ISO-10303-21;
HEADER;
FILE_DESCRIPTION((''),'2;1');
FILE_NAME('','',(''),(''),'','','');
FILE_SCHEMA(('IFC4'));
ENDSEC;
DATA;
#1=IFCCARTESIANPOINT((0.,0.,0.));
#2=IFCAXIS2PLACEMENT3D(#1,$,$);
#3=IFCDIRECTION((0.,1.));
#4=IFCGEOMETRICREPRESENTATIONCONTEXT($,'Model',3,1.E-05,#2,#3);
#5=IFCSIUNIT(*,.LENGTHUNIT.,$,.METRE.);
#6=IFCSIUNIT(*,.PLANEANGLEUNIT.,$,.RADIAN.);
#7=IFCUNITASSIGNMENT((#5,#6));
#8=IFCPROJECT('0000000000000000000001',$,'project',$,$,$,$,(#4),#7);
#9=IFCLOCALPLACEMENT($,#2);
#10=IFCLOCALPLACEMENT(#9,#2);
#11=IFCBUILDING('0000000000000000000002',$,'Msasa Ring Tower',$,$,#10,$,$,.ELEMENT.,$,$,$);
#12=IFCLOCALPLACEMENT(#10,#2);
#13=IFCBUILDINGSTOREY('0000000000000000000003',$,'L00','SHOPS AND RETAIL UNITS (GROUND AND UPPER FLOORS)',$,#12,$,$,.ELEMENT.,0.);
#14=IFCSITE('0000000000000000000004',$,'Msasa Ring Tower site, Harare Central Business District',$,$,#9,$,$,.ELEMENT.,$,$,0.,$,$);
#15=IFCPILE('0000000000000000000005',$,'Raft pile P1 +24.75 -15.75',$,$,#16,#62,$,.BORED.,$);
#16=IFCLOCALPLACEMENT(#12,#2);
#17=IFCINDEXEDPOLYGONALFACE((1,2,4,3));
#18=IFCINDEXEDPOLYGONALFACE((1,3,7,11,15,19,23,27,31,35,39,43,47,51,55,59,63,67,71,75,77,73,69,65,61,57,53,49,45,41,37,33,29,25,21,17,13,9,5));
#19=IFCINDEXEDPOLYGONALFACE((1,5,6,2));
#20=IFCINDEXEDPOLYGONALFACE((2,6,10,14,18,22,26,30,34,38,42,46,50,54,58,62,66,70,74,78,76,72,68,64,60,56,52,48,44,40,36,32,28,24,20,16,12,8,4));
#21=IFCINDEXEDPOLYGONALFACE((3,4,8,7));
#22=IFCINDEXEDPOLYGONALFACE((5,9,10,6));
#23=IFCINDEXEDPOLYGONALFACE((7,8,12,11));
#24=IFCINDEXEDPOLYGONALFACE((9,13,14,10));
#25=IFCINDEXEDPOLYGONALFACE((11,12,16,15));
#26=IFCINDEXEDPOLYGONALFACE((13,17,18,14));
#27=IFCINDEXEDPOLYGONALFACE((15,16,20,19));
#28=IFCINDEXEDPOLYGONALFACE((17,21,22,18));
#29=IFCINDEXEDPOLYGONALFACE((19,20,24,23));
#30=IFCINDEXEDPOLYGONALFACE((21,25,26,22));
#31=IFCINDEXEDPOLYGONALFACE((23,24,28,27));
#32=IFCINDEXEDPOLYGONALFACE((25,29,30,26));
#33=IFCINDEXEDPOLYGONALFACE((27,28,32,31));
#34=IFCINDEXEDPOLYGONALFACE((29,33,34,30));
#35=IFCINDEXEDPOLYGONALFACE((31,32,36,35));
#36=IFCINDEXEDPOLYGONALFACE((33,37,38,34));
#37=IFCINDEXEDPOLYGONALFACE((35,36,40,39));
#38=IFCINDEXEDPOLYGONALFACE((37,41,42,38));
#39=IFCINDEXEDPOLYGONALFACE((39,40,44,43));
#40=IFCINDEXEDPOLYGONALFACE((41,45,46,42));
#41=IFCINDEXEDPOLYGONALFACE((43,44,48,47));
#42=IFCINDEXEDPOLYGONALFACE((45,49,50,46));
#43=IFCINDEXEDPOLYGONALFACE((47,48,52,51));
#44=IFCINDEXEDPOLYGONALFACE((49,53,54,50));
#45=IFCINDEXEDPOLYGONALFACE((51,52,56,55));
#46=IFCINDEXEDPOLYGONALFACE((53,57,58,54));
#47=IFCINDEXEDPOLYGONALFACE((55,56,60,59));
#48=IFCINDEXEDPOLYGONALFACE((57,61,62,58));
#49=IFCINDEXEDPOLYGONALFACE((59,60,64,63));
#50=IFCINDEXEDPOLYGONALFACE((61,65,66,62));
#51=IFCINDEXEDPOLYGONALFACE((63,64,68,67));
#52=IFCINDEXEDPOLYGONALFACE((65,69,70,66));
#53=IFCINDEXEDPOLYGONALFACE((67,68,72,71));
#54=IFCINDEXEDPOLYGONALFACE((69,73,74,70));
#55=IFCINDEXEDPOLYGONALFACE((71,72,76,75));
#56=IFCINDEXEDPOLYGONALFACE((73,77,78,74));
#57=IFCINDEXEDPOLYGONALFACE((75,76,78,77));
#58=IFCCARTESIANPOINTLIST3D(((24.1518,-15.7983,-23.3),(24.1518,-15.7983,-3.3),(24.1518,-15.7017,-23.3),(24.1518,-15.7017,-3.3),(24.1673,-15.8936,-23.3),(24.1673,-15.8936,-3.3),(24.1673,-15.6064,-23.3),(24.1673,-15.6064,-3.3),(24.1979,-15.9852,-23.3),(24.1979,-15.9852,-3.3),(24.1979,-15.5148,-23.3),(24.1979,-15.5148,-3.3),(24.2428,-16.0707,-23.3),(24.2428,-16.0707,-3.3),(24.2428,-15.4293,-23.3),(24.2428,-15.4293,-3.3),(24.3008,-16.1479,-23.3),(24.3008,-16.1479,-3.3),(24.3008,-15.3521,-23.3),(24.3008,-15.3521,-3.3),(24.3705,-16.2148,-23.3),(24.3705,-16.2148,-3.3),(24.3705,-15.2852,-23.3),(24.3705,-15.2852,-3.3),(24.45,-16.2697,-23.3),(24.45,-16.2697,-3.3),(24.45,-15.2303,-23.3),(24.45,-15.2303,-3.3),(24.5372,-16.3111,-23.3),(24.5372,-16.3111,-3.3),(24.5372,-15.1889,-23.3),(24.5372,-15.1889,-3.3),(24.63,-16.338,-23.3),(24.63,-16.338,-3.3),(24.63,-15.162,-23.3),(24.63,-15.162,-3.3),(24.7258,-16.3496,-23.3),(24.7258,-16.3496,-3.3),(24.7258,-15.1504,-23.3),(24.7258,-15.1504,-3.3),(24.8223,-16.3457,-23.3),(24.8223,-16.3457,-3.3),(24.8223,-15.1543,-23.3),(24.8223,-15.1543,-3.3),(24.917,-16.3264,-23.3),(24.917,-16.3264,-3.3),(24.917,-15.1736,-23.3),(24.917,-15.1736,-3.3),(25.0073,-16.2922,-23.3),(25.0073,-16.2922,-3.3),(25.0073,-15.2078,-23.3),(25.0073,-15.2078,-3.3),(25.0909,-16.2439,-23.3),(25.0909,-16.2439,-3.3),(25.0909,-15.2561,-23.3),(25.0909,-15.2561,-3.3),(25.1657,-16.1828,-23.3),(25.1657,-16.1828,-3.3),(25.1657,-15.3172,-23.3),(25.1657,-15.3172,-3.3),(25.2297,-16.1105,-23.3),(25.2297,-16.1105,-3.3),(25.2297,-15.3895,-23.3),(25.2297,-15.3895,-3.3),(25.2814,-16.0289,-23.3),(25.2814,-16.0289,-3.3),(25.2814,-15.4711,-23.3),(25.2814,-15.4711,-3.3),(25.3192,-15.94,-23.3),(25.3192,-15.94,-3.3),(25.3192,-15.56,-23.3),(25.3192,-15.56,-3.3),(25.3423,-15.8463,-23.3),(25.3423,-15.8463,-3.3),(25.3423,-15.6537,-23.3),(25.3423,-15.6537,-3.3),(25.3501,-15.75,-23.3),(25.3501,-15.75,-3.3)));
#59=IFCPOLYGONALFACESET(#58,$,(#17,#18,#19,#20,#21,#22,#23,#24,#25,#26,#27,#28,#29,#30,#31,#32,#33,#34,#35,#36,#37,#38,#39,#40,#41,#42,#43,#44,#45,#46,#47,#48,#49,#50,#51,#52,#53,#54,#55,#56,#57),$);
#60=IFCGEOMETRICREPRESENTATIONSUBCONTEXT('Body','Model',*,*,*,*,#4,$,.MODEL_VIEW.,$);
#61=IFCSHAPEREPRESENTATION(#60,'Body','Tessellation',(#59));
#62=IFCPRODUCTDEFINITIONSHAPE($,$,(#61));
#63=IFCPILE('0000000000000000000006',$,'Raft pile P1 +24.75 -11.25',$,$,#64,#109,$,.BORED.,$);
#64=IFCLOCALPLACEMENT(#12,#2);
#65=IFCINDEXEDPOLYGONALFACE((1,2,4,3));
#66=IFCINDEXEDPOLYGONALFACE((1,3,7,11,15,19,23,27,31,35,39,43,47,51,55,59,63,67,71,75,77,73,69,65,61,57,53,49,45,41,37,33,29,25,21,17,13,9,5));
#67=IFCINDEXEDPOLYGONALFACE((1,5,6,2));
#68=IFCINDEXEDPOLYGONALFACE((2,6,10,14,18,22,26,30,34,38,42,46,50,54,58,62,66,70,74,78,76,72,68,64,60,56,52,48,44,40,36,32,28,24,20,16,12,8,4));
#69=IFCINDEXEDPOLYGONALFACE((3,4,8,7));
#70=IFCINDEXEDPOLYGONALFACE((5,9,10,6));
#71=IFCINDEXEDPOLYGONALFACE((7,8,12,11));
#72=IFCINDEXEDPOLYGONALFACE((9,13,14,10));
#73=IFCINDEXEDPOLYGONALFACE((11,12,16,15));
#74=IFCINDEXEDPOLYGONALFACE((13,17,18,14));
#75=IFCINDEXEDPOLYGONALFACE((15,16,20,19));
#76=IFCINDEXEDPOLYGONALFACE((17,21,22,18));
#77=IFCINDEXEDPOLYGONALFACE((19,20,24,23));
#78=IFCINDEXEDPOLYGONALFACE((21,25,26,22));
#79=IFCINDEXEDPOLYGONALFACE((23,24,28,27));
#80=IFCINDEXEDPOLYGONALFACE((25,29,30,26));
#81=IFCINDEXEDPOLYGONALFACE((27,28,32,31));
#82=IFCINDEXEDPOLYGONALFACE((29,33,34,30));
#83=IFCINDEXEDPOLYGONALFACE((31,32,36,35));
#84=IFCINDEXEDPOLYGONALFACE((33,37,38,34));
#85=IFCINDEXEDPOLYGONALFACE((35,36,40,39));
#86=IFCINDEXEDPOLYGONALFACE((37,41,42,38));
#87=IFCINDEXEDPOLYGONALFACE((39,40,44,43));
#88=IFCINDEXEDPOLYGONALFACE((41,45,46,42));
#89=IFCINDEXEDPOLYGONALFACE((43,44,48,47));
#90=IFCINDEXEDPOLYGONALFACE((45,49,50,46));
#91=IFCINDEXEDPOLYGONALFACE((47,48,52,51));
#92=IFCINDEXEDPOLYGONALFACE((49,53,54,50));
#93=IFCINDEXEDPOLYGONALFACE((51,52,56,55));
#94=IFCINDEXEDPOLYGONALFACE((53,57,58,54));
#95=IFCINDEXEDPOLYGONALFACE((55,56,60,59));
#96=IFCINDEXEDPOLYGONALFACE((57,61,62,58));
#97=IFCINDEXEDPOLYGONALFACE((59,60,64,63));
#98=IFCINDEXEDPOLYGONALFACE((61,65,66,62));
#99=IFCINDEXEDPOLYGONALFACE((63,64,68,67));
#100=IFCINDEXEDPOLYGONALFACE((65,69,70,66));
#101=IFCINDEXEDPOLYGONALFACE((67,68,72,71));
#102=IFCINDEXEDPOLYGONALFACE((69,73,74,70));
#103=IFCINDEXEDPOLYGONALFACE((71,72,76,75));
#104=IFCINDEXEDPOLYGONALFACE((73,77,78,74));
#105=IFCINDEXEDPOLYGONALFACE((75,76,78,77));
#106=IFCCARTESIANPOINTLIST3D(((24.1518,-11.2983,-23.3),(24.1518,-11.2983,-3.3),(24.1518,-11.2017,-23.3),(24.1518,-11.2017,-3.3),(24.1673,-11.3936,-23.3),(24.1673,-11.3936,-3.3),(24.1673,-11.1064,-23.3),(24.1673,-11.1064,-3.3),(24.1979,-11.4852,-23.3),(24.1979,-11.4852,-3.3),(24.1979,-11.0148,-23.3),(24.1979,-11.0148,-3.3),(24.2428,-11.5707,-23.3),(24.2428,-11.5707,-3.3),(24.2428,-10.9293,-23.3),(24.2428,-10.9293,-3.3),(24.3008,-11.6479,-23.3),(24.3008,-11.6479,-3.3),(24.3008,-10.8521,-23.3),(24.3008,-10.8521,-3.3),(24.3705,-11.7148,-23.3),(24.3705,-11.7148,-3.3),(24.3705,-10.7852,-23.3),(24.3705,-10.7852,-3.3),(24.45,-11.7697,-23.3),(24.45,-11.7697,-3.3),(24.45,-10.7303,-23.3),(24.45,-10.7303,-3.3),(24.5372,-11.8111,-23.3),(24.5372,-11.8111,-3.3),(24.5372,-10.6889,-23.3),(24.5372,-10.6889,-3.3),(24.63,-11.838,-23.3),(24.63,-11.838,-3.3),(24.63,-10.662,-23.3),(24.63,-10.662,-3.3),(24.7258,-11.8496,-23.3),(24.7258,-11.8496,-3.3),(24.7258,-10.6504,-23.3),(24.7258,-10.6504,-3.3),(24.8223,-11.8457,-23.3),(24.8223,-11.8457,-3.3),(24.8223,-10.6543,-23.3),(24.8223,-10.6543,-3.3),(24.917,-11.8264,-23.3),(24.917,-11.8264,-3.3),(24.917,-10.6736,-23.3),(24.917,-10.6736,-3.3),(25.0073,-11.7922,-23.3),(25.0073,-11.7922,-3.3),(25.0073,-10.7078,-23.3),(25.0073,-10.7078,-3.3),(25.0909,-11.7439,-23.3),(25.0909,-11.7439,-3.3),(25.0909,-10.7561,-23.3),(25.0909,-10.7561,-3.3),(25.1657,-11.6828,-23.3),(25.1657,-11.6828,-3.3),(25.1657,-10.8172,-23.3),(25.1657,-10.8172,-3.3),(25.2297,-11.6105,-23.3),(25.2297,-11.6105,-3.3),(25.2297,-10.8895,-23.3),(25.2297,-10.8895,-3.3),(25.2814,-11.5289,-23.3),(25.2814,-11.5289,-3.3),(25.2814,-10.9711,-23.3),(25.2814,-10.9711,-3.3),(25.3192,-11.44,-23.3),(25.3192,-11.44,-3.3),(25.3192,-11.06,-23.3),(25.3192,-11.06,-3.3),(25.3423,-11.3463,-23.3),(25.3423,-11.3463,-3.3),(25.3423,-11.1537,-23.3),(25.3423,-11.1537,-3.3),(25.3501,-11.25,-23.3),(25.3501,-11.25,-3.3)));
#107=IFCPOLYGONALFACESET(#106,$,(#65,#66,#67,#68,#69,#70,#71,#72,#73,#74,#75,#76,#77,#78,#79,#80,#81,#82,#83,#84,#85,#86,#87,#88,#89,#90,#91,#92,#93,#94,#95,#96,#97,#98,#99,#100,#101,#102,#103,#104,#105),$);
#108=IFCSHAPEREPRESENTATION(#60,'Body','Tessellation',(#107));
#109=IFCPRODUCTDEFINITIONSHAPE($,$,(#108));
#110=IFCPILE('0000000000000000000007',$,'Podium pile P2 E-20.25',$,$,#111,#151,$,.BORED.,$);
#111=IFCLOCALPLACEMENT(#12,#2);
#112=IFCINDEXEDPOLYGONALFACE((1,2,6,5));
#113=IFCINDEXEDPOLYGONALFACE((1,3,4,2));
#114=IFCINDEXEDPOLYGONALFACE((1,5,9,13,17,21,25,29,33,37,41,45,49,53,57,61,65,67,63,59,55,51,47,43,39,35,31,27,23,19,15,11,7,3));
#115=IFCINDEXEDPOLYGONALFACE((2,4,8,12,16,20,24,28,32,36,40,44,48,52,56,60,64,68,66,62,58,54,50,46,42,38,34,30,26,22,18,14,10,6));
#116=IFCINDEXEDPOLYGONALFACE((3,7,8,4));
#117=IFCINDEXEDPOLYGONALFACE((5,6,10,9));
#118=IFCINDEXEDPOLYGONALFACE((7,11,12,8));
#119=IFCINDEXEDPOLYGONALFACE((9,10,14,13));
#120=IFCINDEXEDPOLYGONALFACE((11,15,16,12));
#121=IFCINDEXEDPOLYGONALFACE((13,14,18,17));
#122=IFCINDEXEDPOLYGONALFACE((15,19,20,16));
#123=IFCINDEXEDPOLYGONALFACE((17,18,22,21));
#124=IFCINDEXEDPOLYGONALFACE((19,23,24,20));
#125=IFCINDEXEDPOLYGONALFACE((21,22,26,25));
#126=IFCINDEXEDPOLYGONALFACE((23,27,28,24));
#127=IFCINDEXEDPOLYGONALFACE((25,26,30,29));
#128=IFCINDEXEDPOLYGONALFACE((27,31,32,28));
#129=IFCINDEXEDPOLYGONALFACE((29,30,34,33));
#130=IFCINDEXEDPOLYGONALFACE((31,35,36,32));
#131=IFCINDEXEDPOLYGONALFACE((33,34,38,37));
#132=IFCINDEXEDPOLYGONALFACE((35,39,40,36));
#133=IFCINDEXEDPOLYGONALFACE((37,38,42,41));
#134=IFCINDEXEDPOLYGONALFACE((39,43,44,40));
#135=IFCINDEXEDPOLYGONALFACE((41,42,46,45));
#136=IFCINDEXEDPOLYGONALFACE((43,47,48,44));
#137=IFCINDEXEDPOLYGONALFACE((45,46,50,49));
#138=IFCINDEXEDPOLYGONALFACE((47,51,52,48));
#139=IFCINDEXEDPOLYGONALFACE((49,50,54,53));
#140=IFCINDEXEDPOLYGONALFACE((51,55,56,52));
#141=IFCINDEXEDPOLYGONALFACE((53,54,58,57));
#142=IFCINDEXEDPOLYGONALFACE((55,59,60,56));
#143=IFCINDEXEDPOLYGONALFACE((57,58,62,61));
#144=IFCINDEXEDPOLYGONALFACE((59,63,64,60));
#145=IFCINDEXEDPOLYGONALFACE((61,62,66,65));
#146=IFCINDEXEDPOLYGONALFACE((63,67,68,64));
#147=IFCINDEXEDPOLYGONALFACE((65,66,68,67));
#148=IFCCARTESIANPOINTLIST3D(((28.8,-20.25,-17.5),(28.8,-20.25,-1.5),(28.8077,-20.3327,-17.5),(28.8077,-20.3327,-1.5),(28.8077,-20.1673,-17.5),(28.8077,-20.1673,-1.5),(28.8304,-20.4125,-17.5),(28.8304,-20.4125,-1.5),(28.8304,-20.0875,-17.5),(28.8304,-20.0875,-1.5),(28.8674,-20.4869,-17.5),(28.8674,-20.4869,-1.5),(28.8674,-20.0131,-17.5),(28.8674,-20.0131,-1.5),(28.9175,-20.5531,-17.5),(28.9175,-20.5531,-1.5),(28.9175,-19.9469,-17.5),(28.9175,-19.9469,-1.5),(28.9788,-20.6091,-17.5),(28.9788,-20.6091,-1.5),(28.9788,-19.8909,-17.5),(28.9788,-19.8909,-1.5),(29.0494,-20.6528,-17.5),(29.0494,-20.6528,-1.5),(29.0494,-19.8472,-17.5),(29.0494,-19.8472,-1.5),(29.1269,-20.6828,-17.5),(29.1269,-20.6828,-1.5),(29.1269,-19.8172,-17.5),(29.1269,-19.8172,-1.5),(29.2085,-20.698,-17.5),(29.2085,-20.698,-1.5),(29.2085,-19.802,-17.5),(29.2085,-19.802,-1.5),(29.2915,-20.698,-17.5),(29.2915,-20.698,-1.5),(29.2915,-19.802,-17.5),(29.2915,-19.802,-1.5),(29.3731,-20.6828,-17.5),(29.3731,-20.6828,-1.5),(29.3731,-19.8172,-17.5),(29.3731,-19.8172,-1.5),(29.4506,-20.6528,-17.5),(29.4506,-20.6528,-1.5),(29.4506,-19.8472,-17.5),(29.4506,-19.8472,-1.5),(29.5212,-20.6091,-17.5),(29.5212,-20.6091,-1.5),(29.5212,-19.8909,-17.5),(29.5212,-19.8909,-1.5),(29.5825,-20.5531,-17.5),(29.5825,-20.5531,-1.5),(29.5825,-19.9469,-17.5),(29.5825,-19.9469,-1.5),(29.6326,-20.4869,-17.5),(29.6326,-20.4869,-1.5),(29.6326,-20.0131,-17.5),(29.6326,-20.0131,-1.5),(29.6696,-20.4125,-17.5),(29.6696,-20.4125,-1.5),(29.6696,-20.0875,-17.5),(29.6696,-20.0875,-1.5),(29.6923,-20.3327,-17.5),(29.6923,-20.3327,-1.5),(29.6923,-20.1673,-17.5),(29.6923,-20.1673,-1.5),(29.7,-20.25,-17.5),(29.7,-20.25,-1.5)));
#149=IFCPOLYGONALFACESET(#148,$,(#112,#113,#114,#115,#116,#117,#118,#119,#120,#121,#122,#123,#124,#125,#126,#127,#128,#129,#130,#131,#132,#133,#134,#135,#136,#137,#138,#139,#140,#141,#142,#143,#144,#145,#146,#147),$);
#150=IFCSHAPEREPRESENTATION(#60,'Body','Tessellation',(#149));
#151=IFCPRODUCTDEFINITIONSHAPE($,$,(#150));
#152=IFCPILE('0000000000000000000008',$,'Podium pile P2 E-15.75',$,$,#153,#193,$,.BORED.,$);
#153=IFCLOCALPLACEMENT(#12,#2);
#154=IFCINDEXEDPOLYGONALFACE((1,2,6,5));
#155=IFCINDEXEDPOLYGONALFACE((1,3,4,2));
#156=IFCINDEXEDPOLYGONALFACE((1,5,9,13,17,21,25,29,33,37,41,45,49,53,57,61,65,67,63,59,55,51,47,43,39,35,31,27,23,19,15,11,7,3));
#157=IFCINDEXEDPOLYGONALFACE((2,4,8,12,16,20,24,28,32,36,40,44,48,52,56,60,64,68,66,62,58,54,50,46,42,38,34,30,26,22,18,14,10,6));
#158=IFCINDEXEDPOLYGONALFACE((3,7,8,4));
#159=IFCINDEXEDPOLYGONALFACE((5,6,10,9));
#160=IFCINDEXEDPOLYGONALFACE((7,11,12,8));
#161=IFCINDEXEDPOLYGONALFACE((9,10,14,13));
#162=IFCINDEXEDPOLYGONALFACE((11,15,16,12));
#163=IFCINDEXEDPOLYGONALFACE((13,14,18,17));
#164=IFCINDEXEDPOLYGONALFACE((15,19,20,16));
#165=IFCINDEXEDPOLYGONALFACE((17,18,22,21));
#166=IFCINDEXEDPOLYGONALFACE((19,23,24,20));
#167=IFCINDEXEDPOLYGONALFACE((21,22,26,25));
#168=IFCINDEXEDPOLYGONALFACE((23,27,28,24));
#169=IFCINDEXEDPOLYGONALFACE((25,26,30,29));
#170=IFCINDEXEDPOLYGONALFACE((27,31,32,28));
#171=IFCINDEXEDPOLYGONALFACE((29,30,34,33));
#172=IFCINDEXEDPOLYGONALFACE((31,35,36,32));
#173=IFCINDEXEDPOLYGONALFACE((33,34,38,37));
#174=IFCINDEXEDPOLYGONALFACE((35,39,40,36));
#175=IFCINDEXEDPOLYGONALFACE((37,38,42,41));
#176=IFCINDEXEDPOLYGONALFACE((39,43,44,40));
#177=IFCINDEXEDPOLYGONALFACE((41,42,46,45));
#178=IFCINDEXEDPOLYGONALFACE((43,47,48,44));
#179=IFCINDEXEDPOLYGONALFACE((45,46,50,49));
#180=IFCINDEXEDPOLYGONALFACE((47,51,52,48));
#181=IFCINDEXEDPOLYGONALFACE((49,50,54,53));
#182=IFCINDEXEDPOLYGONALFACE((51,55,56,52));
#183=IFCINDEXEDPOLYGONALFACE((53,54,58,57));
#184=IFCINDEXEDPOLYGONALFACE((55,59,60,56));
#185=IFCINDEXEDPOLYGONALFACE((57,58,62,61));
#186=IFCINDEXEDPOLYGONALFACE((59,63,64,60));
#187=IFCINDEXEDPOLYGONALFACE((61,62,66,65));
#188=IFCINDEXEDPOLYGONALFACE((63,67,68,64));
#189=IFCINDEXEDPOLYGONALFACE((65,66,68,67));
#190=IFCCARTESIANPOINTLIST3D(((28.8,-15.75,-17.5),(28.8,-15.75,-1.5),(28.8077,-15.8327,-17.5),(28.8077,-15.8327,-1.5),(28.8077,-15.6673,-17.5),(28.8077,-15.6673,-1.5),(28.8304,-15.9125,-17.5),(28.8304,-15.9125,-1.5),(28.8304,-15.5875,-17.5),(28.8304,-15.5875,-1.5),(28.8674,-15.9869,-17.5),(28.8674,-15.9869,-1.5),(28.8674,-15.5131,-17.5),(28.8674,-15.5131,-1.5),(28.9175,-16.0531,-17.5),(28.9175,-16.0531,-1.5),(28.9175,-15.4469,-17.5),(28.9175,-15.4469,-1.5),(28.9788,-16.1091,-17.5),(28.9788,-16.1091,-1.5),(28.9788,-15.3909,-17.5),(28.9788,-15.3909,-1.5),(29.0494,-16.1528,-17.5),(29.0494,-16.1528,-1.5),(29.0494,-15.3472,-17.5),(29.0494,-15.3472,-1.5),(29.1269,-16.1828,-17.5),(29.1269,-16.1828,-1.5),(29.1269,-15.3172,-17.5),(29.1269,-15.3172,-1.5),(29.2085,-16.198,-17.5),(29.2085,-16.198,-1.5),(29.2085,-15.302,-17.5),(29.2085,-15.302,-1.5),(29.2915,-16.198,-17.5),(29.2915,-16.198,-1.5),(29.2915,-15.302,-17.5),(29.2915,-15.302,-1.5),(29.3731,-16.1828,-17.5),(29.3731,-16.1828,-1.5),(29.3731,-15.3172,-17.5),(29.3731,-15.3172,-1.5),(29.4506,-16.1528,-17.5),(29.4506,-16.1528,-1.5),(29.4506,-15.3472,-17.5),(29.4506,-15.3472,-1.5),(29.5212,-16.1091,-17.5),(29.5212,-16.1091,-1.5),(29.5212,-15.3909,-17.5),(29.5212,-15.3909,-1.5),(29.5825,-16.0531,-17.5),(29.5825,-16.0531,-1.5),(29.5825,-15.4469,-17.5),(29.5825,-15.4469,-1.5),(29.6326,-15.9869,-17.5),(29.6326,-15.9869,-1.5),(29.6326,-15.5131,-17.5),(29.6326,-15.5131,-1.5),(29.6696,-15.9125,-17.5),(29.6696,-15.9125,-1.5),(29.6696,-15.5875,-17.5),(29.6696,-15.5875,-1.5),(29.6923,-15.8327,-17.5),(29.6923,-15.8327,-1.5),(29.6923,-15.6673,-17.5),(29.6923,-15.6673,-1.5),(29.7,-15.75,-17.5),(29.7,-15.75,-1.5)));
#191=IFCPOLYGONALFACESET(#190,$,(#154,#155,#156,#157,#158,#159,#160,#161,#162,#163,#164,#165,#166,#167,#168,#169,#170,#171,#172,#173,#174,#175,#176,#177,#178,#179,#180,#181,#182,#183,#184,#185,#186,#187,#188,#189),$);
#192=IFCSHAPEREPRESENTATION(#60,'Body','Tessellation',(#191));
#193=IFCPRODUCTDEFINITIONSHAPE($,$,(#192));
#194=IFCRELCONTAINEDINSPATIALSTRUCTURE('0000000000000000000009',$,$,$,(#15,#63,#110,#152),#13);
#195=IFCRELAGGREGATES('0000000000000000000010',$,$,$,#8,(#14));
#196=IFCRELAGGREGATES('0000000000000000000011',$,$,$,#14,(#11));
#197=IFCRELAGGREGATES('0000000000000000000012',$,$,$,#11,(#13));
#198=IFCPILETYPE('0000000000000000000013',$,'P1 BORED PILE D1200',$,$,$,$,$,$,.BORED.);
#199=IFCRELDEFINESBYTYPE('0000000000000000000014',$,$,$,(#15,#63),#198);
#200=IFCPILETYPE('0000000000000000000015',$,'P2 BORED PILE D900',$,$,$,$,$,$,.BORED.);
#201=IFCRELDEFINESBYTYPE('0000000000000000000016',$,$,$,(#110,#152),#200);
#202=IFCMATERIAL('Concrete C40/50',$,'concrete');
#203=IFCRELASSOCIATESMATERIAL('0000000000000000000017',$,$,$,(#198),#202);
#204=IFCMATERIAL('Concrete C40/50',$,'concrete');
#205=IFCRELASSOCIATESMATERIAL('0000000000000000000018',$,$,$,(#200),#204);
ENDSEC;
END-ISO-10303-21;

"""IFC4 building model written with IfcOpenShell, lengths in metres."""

from ifc_helpers import new_model, si_unit, direction, frame, origin, origin_2d, place, context, subcontext, project, spatial, circle, extrude, material, material_profile, profile_set, type_object, element, save


model = new_model("IFC4")

# Units and contexts
model_context = context("Model", 3, precision=1e-05, world=origin(), true_north=direction((0.0, 1.0)))
body_context = subcontext(model_context, "Body", "Model", "MODEL_VIEW")
ifc_project = project(units=[si_unit("LENGTHUNIT", "METRE"), si_unit("PLANEANGLEUNIT", "RADIAN")], contexts=[model_context])

# Site, building, storey
site_placement = place(None, origin())
site = spatial("IfcSite", under=ifc_project, at=site_placement, Name="Msasa Ring Tower site, Harare Central Business District", CompositionType="ELEMENT", RefElevation=0.0)
building_placement = place(site_placement, origin())
building = spatial("IfcBuilding", under=site, at=building_placement, Name="Msasa Ring Tower", CompositionType="ELEMENT")
storey_placement = place(building_placement, origin())
storey = spatial("IfcBuildingStorey", under=building, at=storey_placement, Name="L00", Description="SHOPS AND RETAIL UNITS (GROUND AND UPPER FLOORS)", CompositionType="ELEMENT", Elevation=0.0)

# Piles
ifc_material_1 = material(Name="Concrete C40/50", Category="concrete")
ifc_material_profile_1 = material_profile(ifc_material_1, circle(Radius=0.6001, at=origin_2d()), Name="D1200")
ifc_profile_set_1 = profile_set([ifc_material_profile_1], Name="Concrete C40/50")
pile_type_1 = type_object("IfcPileType", Name="P1 BORED PILE D1200", PredefinedType="BORED", material=ifc_profile_set_1)
for number, where, z_axis, x_axis, name in (
    (1, (24.75, -15.75, -3.3), (0.0, 0.0, -1.0), (1.0, 0.0, 0.0), "Raft pile P1 +24.75 -15.75"),
    (2, (24.75, -11.25, -3.3), (0.0, 0.0, -1.0), (1.0, 0.0, 0.0), "Raft pile P1 +24.75 -11.25"),
):
    element("IfcPile", number, at=place(storey_placement, frame(where, z_axis=z_axis, x_axis=x_axis)), inside=storey, type_object=pile_type_1, Name=name, PredefinedType="BORED", context=body_context, shape_type="SweptSolid", body=[
        extrude(circle(Radius=0.6001, at=origin_2d()), origin(), (0.0, 0.0, 1.0), 20.0),
    ])
ifc_material_2 = material(Name="Concrete C40/50", Category="concrete")
ifc_material_profile_2 = material_profile(ifc_material_2, circle(Radius=0.45, at=origin_2d()), Name="D900")
ifc_profile_set_2 = profile_set([ifc_material_profile_2], Name="Concrete C40/50")
pile_type_2 = type_object("IfcPileType", Name="P2 BORED PILE D900", PredefinedType="BORED", material=ifc_profile_set_2)
for number, where, z_axis, x_axis, name in (
    (3, (29.25, -20.25, -1.5), (0.0, 0.0, -1.0), (1.0, 0.0, 0.0), "Podium pile P2 E-20.25"),
    (4, (29.25, -15.75, -1.5), (0.0, 0.0, -1.0), (1.0, 0.0, 0.0), "Podium pile P2 E-15.75"),
):
    element("IfcPile", number, at=place(storey_placement, frame(where, z_axis=z_axis, x_axis=x_axis)), inside=storey, type_object=pile_type_2, Name=name, PredefinedType="BORED", context=body_context, shape_type="SweptSolid", body=[
        extrude(circle(Radius=0.45, at=origin_2d()), origin(), (0.0, 0.0, 1.0), 16.0),
    ])

save(model, "model.ifc")
